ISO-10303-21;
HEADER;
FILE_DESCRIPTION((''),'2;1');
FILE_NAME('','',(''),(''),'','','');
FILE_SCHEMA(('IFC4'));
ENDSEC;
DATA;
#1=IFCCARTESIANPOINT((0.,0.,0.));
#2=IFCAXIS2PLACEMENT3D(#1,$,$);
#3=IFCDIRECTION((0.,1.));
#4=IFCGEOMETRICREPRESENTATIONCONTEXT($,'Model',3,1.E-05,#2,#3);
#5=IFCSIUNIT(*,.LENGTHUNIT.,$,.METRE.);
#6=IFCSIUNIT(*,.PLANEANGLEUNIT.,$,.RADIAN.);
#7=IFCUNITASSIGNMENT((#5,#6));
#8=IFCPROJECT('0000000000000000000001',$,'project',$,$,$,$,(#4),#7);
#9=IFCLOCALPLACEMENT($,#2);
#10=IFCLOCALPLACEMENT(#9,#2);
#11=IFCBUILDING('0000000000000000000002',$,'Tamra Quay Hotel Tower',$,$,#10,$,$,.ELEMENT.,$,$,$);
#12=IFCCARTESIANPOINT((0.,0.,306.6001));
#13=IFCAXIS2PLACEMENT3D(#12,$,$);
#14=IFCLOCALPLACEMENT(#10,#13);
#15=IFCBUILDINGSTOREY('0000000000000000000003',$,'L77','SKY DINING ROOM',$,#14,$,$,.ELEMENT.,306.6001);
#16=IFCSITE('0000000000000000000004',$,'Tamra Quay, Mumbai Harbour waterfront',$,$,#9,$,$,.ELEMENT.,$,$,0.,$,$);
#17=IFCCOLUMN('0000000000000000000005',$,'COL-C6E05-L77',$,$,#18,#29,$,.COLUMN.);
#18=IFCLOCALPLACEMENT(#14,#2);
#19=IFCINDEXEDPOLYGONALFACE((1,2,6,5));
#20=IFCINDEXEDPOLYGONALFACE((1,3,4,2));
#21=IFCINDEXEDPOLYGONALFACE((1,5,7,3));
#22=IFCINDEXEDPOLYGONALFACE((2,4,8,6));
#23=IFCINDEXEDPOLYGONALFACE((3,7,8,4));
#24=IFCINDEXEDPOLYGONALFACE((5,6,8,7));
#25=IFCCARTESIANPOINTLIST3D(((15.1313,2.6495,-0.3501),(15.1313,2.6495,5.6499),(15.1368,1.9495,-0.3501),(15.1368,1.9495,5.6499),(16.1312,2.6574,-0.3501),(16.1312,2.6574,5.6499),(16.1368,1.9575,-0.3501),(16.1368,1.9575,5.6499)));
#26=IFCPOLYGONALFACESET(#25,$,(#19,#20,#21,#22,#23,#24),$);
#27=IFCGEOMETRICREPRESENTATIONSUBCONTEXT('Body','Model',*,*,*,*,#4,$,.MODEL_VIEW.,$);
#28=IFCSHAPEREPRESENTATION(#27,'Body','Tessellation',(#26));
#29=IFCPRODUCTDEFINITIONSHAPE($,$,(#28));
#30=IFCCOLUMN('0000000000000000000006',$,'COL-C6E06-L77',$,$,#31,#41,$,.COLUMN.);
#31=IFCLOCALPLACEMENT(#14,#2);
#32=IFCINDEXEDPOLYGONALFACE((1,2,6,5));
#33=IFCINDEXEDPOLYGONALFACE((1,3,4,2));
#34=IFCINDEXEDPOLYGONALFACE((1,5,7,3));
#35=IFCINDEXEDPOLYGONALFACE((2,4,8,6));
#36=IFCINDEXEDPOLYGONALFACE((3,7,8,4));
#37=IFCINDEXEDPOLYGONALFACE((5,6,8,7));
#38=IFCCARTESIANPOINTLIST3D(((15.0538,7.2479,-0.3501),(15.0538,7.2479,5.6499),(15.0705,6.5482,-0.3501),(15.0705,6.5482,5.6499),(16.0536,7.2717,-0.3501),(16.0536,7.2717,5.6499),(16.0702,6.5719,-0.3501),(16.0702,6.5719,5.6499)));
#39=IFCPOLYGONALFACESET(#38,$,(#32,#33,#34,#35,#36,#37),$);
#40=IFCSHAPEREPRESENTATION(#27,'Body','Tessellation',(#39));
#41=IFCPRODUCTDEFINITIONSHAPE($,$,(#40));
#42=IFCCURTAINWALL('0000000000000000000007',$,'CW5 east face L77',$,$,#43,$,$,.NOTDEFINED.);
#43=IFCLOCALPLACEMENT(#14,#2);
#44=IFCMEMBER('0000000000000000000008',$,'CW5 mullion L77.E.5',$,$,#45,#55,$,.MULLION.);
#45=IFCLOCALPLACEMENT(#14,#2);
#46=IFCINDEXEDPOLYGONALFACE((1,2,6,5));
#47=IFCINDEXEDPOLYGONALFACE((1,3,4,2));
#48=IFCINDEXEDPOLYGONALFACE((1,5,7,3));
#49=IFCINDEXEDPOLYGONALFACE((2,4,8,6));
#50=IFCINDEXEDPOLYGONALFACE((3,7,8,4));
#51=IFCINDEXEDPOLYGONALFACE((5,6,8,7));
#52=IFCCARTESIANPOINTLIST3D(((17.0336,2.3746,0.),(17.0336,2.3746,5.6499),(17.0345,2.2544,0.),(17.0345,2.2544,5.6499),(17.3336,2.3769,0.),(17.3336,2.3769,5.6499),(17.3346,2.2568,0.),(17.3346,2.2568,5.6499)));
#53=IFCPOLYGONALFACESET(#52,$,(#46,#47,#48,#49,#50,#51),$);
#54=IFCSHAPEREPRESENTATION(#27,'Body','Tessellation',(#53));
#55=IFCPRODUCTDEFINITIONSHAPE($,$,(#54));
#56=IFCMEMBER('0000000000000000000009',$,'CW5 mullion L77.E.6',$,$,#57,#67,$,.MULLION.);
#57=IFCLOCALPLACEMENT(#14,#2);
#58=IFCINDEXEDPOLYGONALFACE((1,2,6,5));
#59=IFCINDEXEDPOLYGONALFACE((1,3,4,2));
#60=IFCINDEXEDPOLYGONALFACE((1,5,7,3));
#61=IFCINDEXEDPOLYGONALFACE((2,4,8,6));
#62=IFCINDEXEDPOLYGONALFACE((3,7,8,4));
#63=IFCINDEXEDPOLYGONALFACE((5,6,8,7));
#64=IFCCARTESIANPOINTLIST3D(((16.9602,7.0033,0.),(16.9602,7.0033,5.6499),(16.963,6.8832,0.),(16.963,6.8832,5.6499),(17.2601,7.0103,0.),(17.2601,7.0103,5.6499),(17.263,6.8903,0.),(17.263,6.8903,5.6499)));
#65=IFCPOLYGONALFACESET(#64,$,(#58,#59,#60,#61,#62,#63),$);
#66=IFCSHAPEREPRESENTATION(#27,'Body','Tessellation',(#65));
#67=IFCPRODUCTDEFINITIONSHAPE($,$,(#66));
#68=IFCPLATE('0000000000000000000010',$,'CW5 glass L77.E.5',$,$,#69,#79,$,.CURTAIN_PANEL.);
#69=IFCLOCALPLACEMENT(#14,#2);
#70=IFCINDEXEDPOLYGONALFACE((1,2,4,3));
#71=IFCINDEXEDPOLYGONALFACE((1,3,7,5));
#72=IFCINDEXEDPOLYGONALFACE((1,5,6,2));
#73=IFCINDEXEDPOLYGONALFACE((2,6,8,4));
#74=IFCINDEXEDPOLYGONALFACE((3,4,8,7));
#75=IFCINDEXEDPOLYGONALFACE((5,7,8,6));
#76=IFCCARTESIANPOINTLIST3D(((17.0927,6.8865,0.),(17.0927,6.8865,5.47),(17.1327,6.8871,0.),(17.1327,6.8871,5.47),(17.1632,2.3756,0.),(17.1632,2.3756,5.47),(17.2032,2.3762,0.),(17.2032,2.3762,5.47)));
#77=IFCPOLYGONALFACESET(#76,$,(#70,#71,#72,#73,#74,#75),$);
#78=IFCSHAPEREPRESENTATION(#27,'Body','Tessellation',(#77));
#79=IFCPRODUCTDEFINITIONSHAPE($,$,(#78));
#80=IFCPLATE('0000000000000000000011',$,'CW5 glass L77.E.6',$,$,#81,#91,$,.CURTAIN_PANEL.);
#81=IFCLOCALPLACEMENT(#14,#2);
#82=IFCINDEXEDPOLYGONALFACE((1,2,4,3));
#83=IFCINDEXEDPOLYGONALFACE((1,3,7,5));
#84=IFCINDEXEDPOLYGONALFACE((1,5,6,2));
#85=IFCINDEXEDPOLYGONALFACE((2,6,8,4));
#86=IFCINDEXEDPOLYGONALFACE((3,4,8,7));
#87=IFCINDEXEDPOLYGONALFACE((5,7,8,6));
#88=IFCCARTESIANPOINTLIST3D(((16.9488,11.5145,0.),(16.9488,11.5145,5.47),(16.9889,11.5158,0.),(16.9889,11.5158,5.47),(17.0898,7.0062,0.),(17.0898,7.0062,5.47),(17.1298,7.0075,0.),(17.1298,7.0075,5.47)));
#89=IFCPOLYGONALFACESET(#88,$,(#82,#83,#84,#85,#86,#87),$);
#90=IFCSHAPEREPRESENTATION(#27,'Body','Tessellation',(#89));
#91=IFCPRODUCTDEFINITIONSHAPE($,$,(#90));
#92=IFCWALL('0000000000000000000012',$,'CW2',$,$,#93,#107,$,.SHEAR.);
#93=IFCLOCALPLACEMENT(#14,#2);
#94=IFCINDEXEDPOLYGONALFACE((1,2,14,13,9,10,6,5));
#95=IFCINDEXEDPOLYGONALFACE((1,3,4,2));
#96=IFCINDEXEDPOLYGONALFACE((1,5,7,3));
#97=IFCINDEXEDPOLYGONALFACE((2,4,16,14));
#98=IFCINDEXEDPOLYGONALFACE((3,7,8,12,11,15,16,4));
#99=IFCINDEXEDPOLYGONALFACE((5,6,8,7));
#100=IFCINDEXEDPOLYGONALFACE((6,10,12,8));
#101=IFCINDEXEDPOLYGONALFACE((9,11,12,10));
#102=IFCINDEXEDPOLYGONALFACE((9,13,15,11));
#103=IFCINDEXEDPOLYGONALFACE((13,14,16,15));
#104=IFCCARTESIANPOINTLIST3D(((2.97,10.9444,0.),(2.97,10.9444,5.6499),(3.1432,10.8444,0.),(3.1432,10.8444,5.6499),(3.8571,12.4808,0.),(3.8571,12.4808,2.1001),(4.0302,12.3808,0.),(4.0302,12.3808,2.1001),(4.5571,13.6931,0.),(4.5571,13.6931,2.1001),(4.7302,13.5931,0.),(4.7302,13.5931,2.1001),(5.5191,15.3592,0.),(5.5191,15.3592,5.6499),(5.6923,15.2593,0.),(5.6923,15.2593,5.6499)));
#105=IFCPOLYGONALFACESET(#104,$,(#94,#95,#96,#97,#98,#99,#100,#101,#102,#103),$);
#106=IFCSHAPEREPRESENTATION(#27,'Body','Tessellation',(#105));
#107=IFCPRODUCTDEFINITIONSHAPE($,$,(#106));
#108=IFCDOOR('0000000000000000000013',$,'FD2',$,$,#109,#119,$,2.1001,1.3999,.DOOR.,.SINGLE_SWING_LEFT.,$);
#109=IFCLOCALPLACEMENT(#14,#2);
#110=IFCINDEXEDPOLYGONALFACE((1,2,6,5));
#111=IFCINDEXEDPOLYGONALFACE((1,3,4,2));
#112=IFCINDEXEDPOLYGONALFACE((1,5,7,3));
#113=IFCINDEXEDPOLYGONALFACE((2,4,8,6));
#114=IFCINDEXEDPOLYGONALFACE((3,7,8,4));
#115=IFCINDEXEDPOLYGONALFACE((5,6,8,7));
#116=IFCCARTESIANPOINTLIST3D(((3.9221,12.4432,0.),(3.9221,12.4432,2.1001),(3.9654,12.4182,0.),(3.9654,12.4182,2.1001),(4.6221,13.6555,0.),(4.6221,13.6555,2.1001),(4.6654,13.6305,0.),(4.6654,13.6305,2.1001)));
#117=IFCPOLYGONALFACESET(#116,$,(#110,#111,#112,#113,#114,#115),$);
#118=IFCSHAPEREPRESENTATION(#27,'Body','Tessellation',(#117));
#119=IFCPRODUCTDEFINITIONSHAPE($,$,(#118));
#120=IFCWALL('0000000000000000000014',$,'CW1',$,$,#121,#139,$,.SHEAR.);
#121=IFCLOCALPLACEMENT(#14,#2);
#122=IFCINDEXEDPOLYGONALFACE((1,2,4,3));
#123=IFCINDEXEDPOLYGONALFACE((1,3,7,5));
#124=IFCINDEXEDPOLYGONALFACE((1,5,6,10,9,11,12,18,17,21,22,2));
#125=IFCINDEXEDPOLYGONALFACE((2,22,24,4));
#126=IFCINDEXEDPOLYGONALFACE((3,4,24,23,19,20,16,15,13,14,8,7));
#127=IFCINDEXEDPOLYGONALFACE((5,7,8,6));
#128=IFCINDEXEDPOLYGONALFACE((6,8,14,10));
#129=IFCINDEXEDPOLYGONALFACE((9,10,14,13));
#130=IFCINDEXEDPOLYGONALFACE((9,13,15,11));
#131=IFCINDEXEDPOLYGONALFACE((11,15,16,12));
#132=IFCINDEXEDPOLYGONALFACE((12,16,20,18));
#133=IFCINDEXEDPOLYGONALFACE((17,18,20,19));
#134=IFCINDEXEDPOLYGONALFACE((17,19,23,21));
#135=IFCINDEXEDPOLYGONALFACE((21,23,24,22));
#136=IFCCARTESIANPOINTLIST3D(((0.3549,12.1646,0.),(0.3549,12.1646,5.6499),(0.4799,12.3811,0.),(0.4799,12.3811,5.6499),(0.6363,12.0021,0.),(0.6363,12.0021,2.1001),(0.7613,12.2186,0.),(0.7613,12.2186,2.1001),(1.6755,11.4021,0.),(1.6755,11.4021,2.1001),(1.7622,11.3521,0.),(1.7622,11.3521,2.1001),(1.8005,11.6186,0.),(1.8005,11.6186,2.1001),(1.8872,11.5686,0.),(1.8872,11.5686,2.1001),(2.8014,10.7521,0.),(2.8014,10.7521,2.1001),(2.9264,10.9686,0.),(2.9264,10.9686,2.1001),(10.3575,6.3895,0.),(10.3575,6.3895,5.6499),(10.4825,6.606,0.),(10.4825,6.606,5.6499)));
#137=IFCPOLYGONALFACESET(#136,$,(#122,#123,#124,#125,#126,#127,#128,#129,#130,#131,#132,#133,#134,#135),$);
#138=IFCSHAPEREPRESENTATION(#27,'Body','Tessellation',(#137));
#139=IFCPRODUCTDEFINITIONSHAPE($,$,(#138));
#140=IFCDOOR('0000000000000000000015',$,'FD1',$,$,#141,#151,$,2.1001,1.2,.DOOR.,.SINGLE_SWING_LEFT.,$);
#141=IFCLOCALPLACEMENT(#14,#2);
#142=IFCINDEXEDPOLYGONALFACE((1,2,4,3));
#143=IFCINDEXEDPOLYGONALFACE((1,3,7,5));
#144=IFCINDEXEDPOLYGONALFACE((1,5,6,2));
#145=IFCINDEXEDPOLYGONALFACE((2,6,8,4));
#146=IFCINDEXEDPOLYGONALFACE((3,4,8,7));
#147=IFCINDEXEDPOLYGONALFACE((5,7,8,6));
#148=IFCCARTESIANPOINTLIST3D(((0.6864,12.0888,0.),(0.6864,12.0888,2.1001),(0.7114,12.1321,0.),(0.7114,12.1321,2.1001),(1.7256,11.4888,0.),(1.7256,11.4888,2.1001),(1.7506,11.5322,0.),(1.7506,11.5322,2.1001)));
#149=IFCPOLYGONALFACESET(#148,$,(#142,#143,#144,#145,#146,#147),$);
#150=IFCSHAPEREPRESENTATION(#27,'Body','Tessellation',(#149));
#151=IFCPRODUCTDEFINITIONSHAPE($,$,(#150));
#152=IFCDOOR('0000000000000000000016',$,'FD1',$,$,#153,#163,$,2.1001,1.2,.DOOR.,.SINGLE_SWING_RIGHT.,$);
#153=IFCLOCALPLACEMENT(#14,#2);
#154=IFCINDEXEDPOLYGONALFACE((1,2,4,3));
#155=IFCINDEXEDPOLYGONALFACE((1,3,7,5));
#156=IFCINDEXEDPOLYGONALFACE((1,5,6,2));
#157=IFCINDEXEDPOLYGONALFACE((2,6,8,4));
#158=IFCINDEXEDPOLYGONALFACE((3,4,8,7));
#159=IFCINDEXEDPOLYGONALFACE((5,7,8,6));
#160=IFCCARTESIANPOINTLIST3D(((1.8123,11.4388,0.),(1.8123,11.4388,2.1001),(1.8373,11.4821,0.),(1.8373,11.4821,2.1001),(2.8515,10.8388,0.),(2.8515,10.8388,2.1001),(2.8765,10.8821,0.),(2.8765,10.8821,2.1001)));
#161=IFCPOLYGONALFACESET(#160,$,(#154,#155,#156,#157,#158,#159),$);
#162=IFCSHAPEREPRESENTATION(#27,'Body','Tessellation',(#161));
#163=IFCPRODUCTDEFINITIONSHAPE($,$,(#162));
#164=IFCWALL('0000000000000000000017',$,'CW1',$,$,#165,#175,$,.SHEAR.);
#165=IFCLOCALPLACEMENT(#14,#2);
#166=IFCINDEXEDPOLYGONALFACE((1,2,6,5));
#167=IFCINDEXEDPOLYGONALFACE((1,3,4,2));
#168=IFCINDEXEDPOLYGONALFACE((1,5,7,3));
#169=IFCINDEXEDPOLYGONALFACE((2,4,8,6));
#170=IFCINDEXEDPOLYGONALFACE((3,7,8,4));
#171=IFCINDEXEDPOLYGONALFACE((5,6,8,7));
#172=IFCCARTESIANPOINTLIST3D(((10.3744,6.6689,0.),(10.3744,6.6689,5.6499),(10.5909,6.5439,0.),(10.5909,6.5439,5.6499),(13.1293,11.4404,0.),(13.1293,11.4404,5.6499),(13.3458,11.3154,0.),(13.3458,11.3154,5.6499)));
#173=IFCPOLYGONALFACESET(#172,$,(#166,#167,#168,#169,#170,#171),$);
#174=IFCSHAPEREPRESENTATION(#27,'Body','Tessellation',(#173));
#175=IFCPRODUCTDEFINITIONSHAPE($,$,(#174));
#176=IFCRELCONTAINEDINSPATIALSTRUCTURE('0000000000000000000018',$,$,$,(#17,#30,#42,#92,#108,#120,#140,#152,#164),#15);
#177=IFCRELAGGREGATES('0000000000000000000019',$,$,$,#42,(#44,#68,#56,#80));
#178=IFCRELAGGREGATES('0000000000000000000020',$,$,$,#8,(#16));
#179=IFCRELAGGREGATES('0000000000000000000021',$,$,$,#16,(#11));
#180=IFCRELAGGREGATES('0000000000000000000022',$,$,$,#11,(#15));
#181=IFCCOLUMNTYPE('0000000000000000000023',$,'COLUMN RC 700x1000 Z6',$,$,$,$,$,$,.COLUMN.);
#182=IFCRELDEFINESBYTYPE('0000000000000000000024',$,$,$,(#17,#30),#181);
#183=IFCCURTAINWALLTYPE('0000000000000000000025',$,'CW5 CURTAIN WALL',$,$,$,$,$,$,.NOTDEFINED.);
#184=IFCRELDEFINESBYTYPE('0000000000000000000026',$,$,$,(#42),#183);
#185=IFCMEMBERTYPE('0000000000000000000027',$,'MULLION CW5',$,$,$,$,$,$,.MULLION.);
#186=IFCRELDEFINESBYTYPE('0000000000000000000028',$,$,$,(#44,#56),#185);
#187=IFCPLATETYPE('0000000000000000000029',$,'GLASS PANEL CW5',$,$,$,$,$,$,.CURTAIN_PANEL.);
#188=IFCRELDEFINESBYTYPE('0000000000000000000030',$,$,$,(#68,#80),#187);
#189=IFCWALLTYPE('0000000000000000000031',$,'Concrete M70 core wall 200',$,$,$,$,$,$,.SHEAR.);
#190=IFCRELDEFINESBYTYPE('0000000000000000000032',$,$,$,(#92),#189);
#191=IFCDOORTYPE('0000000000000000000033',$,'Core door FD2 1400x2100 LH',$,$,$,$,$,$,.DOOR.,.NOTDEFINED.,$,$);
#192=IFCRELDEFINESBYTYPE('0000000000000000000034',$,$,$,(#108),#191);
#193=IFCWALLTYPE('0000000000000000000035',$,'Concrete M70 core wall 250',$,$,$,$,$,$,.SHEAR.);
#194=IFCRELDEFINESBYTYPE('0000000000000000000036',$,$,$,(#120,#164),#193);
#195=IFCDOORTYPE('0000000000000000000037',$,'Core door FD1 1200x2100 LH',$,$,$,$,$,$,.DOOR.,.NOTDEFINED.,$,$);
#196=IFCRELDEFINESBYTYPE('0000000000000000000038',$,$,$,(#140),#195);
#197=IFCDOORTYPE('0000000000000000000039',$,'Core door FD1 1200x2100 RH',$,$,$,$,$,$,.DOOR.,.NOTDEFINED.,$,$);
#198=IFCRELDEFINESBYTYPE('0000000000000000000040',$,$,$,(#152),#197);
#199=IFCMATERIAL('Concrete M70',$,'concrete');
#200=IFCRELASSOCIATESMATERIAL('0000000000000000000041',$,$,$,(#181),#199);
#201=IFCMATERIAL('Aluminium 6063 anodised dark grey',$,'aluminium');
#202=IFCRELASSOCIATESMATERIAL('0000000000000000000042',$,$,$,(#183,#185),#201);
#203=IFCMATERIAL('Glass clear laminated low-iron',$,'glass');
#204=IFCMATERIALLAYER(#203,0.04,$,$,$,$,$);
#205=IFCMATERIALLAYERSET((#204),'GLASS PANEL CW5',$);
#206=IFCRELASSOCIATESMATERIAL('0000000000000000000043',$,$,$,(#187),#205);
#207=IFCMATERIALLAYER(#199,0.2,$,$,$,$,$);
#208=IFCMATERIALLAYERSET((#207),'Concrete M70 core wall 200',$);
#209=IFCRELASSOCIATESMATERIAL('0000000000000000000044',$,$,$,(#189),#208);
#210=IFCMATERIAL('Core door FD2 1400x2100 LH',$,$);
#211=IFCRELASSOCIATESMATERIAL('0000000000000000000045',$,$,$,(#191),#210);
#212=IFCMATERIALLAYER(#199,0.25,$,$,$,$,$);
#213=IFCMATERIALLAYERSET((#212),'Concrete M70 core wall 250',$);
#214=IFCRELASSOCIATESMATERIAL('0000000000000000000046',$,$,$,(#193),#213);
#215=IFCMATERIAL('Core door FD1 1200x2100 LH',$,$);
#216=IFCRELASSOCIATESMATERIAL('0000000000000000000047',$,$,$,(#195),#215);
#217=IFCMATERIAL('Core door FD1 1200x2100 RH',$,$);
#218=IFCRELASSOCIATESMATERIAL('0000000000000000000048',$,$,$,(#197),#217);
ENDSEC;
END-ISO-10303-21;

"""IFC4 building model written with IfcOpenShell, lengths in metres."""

from ifc_helpers import new_model, si_unit, direction, frame, frame_2d, origin, origin_2d, place, context, subcontext, project, spatial, rectangle, extrude, material, layer, layer_set, material_profile, profile_set, type_object, element, fill, aggregate, save


model = new_model("IFC4")

# Units and contexts
model_context = context("Model", 3, precision=1e-05, world=origin(), true_north=direction((0.0, 1.0)))
body_context = subcontext(model_context, "Body", "Model", "MODEL_VIEW")
ifc_project = project(units=[si_unit("LENGTHUNIT", "METRE"), si_unit("PLANEANGLEUNIT", "RADIAN")], contexts=[model_context])

# Site, building, storey
site_placement = place(None, origin())
site = spatial("IfcSite", under=ifc_project, at=site_placement, Name="Tamra Quay, Mumbai Harbour waterfront", CompositionType="ELEMENT", RefElevation=0.0)
building_placement = place(site_placement, origin())
building = spatial("IfcBuilding", under=site, at=building_placement, Name="Tamra Quay Hotel Tower", CompositionType="ELEMENT")
storey_placement = place(building_placement, frame((0.0, 0.0, 306.6001)))
storey = spatial("IfcBuildingStorey", under=building, at=storey_placement, Name="L77", Description="SKY DINING ROOM", CompositionType="ELEMENT", Elevation=306.6001)

# Columns
ifc_material_1 = material(Name="Concrete M70", Category="concrete")
ifc_material_profile_1 = material_profile(ifc_material_1, rectangle(XDim=1.0, YDim=0.7, at=origin_2d()), Name="COLUMN RC 700x1000 Z6")
ifc_profile_set_1 = profile_set([ifc_material_profile_1], Name="Concrete M70")
column_type = type_object("IfcColumnType", Name="COLUMN RC 700x1000 Z6", PredefinedType="COLUMN", material=ifc_profile_set_1)
for number, where, z_axis, x_axis, name in (
    (1, (15.634, 2.3035, -0.3501), (0.0, 0.0, 1.0), (0.999969, 0.00792, 0.0), "COL-C6E05-L77"),
    (2, (15.562, 6.9099, -0.3501), (0.0, 0.0, 1.0), (0.999718, 0.023753, 0.0), "COL-C6E06-L77"),
):
    element("IfcColumn", number, at=place(storey_placement, frame(where, z_axis=z_axis, x_axis=x_axis)), inside=storey, type_object=column_type, Name=name, PredefinedType="COLUMN", context=body_context, shape_type="SweptSolid", body=[
        extrude(rectangle(XDim=1.0, YDim=0.7, at=origin_2d()), origin(), (0.0, 0.0, 1.0), 6.0),
    ])

# Curtain wall, members, plates
ifc_material_2 = material(Name="Aluminium 6063 anodised dark grey", Category="aluminium")
curtain_wall_type = type_object("IfcCurtainWallType", Name="CW5 CURTAIN WALL", PredefinedType="NOTDEFINED", material=ifc_material_2)
curtain_wall_placement = place(storey_placement, origin())
curtain_wall = element("IfcCurtainWall", 3, at=curtain_wall_placement, inside=storey, type_object=curtain_wall_type, Name="CW5 east face L77", PredefinedType="NOTDEFINED")
ifc_material_profile_2 = material_profile(ifc_material_2, rectangle(XDim=0.3, YDim=0.1201, at=origin_2d()), Name="MULLION 120X300")
ifc_profile_set_2 = profile_set([ifc_material_profile_2], Name="Aluminium 6063 anodised dark grey")
member_type = type_object("IfcMemberType", Name="MULLION CW5", PredefinedType="MULLION", material=ifc_profile_set_2)
member_1_placement = place(storey_placement, frame((17.1841, 2.3157, 0.0), z_axis=(0.0, 0.0, 1.0), x_axis=(0.999969, 0.007816, 0.0)))
member_1 = element("IfcMember", 4, at=member_1_placement, type_object=member_type, Name="CW5 mullion L77.E.5", PredefinedType="MULLION", context=body_context, shape_type="SweptSolid", body=[
    extrude(rectangle(XDim=0.3, YDim=0.1201, at=origin_2d()), origin(), (0.0, 0.0, 1.0), 5.6499),
])
member_2_placement = place(storey_placement, frame((17.1116, 6.9468, 0.0), z_axis=(0.0, 0.0, 1.0), x_axis=(0.999725, 0.023438, 0.0)))
member_2 = element("IfcMember", 5, at=member_2_placement, type_object=member_type, Name="CW5 mullion L77.E.6", PredefinedType="MULLION", context=body_context, shape_type="SweptSolid", body=[
    extrude(rectangle(XDim=0.3, YDim=0.1201, at=origin_2d()), origin(), (0.0, 0.0, 1.0), 5.6499),
])
ifc_material_3 = material(Name="Glass clear laminated low-iron", Category="glass")
ifc_layer_1 = layer(ifc_material_3, 0.04)
ifc_layer_set_1 = layer_set([ifc_layer_1], Name="GLASS PANEL CW5")
plate_type = type_object("IfcPlateType", Name="GLASS PANEL CW5", PredefinedType="CURTAIN_PANEL", material=ifc_layer_set_1)
plate_1_placement = place(storey_placement, frame((17.1479, 4.6313, 0.0), z_axis=(0.0, 0.0, 1.0), x_axis=(-0.015632, 0.999878, 0.0)))
plate_1 = element("IfcPlate", 6, at=plate_1_placement, type_object=plate_type, Name="CW5 glass L77.E.5", PredefinedType="CURTAIN_PANEL", context=body_context, shape_type="SweptSolid", body=[
    extrude(rectangle(XDim=4.5115, YDim=0.04, at=origin_2d()), origin(), (0.0, 0.0, 1.0), 5.47),
])
plate_2_placement = place(storey_placement, frame((17.0393, 9.261, 0.0), z_axis=(0.0, 0.0, 1.0), x_axis=(-0.031242, 0.999512, 0.0)))
plate_2 = element("IfcPlate", 7, at=plate_2_placement, type_object=plate_type, Name="CW5 glass L77.E.6", PredefinedType="CURTAIN_PANEL", context=body_context, shape_type="SweptSolid", body=[
    extrude(rectangle(XDim=4.5105, YDim=0.04, at=origin_2d()), origin(), (0.0, 0.0, 1.0), 5.47),
])
aggregate(curtain_wall, [member_1, plate_1, member_2, plate_2])

# Wall, opening, door
ifc_layer_2 = layer(ifc_material_1, 0.2)
ifc_layer_set_2 = layer_set([ifc_layer_2], Name="Concrete M70 core wall 200")
wall_type_1 = type_object("IfcWallType", Name="Concrete M70 core wall 200", PredefinedType="SHEAR", material=ifc_layer_set_2)
wall_1_placement = place(storey_placement, frame((3.0566, 10.8945, 0.0), z_axis=(0.0, 0.0, 1.0), x_axis=(0.500028, 0.866009, 0.0)))
wall_1 = element("IfcWall", 8, at=wall_1_placement, inside=storey, type_object=wall_type_1, Name="CW2", PredefinedType="SHEAR", context=body_context, shape_type="SweptSolid", body=[
    extrude(rectangle(XDim=5.0979, YDim=0.2, at=frame_2d((2.5488, 0.0))), origin(), (0.0, 0.0, 1.0), 5.6499),
])
opening_1_placement = place(wall_1_placement, frame((1.7739, 0.0, 0.0)))
opening_1 = element("IfcOpeningElement", 9, at=opening_1_placement, cuts=wall_1, PredefinedType="OPENING", context=body_context, shape_type="SweptSolid", body=[
    extrude(rectangle(XDim=1.3999, YDim=2.1001, at=frame_2d((0.7, 1.05))), frame((0.0, 0.1099, 0.0), z_axis=(0.0, -1.0, 0.0), x_axis=(1.0, 0.0, 0.0)), (0.0, 0.0, 1.0), 0.22),
])
ifc_material_4 = material(Name="Core door FD2 1400x2100 LH")
door_type_1 = type_object("IfcDoorType", Name="Core door FD2 1400x2100 LH", OperationType="NOTDEFINED", PredefinedType="DOOR", material=ifc_material_4)
door_1_placement = place(opening_1_placement, origin())
door_1 = element("IfcDoor", 10, at=door_1_placement, inside=storey, type_object=door_type_1, Name="FD2", OperationType="SINGLE_SWING_LEFT", OverallHeight=2.1001, OverallWidth=1.3999, PredefinedType="DOOR", context=body_context, shape_type="SweptSolid", body=[
    extrude(rectangle(XDim=1.3999, YDim=2.1001, at=frame_2d((0.7, 1.05))), frame((0.0, 0.0249, 0.0), z_axis=(0.0, -1.0, 0.0), x_axis=(1.0, 0.0, 0.0)), (0.0, 0.0, 1.0), 0.05),
])
fill(opening_1, door_1)

# Wall, openings, doors
ifc_layer_3 = layer(ifc_material_1, 0.25)
ifc_layer_set_3 = layer_set([ifc_layer_3], Name="Concrete M70 core wall 250")
wall_type_2 = type_object("IfcWallType", Name="Concrete M70 core wall 250", PredefinedType="SHEAR", material=ifc_layer_set_3)
wall_2_placement = place(storey_placement, frame((10.4199, 6.4978, 0.0), z_axis=(0.0, 0.0, 1.0), x_axis=(-0.866022, 0.500006, 0.0)))
wall_2 = element("IfcWall", 11, at=wall_2_placement, inside=storey, type_object=wall_type_2, Name="CW1", PredefinedType="SHEAR", context=body_context, shape_type="SweptSolid", body=[
    extrude(rectangle(XDim=11.55, YDim=0.25, at=frame_2d((5.7749, 0.0))), origin(), (0.0, 0.0, 1.0), 5.6499),
])
opening_2_placement = place(wall_2_placement, frame((10.0249, 0.0, 0.0)))
opening_2 = element("IfcOpeningElement", 12, at=opening_2_placement, cuts=wall_2, PredefinedType="OPENING", context=body_context, shape_type="SweptSolid", body=[
    extrude(rectangle(XDim=1.2, YDim=2.1001, at=frame_2d((0.6001, 1.05))), frame((0.0, 0.135, 0.0), z_axis=(0.0, -1.0, 0.0), x_axis=(1.0, 0.0, 0.0)), (0.0, 0.0, 1.0), 0.27),
])
opening_3_placement = place(wall_2_placement, frame((8.7249, 0.0, 0.0)))
opening_3 = element("IfcOpeningElement", 13, at=opening_3_placement, cuts=wall_2, PredefinedType="OPENING", context=body_context, shape_type="SweptSolid", body=[
    extrude(rectangle(XDim=1.2, YDim=2.1001, at=frame_2d((0.6001, 1.05))), frame((0.0, 0.135, 0.0), z_axis=(0.0, -1.0, 0.0), x_axis=(1.0, 0.0, 0.0)), (0.0, 0.0, 1.0), 0.27),
])
ifc_material_5 = material(Name="Core door FD1 1200x2100 LH")
door_type_2 = type_object("IfcDoorType", Name="Core door FD1 1200x2100 LH", OperationType="NOTDEFINED", PredefinedType="DOOR", material=ifc_material_5)
door_2_placement = place(opening_2_placement, origin())
door_2 = element("IfcDoor", 14, at=door_2_placement, inside=storey, type_object=door_type_2, Name="FD1", OperationType="SINGLE_SWING_LEFT", OverallHeight=2.1001, OverallWidth=1.2, PredefinedType="DOOR", context=body_context, shape_type="SweptSolid", body=[
    extrude(rectangle(XDim=1.2, YDim=2.1001, at=frame_2d((0.6001, 1.05))), frame((0.0, 0.0249, 0.0), z_axis=(0.0, -1.0, 0.0), x_axis=(1.0, 0.0, 0.0)), (0.0, 0.0, 1.0), 0.05),
])
fill(opening_2, door_2)
ifc_material_6 = material(Name="Core door FD1 1200x2100 RH")
door_type_3 = type_object("IfcDoorType", Name="Core door FD1 1200x2100 RH", OperationType="NOTDEFINED", PredefinedType="DOOR", material=ifc_material_6)
door_3_placement = place(opening_3_placement, origin())
door_3 = element("IfcDoor", 15, at=door_3_placement, inside=storey, type_object=door_type_3, Name="FD1", OperationType="SINGLE_SWING_RIGHT", OverallHeight=2.1001, OverallWidth=1.2, PredefinedType="DOOR", context=body_context, shape_type="SweptSolid", body=[
    extrude(rectangle(XDim=1.2, YDim=2.1001, at=frame_2d((0.6001, 1.05))), frame((0.0, 0.0249, 0.0), z_axis=(0.0, -1.0, 0.0), x_axis=(1.0, 0.0, 0.0)), (0.0, 0.0, 1.0), 0.05),
])
fill(opening_3, door_3)

# Wall
wall_3_placement = place(storey_placement, frame((13.2375, 11.3779, 0.0), z_axis=(0.0, 0.0, 1.0), x_axis=(-0.500009, -0.86602, 0.0)))
element("IfcWall", 16, at=wall_3_placement, inside=storey, type_object=wall_type_2, Name="CW1", PredefinedType="SHEAR", context=body_context, shape_type="SweptSolid", body=[
    extrude(rectangle(XDim=5.5098, YDim=0.25, at=frame_2d((2.7549, 0.0))), origin(), (0.0, 0.0, 1.0), 5.6499),
])

save(model, "model.ifc")
